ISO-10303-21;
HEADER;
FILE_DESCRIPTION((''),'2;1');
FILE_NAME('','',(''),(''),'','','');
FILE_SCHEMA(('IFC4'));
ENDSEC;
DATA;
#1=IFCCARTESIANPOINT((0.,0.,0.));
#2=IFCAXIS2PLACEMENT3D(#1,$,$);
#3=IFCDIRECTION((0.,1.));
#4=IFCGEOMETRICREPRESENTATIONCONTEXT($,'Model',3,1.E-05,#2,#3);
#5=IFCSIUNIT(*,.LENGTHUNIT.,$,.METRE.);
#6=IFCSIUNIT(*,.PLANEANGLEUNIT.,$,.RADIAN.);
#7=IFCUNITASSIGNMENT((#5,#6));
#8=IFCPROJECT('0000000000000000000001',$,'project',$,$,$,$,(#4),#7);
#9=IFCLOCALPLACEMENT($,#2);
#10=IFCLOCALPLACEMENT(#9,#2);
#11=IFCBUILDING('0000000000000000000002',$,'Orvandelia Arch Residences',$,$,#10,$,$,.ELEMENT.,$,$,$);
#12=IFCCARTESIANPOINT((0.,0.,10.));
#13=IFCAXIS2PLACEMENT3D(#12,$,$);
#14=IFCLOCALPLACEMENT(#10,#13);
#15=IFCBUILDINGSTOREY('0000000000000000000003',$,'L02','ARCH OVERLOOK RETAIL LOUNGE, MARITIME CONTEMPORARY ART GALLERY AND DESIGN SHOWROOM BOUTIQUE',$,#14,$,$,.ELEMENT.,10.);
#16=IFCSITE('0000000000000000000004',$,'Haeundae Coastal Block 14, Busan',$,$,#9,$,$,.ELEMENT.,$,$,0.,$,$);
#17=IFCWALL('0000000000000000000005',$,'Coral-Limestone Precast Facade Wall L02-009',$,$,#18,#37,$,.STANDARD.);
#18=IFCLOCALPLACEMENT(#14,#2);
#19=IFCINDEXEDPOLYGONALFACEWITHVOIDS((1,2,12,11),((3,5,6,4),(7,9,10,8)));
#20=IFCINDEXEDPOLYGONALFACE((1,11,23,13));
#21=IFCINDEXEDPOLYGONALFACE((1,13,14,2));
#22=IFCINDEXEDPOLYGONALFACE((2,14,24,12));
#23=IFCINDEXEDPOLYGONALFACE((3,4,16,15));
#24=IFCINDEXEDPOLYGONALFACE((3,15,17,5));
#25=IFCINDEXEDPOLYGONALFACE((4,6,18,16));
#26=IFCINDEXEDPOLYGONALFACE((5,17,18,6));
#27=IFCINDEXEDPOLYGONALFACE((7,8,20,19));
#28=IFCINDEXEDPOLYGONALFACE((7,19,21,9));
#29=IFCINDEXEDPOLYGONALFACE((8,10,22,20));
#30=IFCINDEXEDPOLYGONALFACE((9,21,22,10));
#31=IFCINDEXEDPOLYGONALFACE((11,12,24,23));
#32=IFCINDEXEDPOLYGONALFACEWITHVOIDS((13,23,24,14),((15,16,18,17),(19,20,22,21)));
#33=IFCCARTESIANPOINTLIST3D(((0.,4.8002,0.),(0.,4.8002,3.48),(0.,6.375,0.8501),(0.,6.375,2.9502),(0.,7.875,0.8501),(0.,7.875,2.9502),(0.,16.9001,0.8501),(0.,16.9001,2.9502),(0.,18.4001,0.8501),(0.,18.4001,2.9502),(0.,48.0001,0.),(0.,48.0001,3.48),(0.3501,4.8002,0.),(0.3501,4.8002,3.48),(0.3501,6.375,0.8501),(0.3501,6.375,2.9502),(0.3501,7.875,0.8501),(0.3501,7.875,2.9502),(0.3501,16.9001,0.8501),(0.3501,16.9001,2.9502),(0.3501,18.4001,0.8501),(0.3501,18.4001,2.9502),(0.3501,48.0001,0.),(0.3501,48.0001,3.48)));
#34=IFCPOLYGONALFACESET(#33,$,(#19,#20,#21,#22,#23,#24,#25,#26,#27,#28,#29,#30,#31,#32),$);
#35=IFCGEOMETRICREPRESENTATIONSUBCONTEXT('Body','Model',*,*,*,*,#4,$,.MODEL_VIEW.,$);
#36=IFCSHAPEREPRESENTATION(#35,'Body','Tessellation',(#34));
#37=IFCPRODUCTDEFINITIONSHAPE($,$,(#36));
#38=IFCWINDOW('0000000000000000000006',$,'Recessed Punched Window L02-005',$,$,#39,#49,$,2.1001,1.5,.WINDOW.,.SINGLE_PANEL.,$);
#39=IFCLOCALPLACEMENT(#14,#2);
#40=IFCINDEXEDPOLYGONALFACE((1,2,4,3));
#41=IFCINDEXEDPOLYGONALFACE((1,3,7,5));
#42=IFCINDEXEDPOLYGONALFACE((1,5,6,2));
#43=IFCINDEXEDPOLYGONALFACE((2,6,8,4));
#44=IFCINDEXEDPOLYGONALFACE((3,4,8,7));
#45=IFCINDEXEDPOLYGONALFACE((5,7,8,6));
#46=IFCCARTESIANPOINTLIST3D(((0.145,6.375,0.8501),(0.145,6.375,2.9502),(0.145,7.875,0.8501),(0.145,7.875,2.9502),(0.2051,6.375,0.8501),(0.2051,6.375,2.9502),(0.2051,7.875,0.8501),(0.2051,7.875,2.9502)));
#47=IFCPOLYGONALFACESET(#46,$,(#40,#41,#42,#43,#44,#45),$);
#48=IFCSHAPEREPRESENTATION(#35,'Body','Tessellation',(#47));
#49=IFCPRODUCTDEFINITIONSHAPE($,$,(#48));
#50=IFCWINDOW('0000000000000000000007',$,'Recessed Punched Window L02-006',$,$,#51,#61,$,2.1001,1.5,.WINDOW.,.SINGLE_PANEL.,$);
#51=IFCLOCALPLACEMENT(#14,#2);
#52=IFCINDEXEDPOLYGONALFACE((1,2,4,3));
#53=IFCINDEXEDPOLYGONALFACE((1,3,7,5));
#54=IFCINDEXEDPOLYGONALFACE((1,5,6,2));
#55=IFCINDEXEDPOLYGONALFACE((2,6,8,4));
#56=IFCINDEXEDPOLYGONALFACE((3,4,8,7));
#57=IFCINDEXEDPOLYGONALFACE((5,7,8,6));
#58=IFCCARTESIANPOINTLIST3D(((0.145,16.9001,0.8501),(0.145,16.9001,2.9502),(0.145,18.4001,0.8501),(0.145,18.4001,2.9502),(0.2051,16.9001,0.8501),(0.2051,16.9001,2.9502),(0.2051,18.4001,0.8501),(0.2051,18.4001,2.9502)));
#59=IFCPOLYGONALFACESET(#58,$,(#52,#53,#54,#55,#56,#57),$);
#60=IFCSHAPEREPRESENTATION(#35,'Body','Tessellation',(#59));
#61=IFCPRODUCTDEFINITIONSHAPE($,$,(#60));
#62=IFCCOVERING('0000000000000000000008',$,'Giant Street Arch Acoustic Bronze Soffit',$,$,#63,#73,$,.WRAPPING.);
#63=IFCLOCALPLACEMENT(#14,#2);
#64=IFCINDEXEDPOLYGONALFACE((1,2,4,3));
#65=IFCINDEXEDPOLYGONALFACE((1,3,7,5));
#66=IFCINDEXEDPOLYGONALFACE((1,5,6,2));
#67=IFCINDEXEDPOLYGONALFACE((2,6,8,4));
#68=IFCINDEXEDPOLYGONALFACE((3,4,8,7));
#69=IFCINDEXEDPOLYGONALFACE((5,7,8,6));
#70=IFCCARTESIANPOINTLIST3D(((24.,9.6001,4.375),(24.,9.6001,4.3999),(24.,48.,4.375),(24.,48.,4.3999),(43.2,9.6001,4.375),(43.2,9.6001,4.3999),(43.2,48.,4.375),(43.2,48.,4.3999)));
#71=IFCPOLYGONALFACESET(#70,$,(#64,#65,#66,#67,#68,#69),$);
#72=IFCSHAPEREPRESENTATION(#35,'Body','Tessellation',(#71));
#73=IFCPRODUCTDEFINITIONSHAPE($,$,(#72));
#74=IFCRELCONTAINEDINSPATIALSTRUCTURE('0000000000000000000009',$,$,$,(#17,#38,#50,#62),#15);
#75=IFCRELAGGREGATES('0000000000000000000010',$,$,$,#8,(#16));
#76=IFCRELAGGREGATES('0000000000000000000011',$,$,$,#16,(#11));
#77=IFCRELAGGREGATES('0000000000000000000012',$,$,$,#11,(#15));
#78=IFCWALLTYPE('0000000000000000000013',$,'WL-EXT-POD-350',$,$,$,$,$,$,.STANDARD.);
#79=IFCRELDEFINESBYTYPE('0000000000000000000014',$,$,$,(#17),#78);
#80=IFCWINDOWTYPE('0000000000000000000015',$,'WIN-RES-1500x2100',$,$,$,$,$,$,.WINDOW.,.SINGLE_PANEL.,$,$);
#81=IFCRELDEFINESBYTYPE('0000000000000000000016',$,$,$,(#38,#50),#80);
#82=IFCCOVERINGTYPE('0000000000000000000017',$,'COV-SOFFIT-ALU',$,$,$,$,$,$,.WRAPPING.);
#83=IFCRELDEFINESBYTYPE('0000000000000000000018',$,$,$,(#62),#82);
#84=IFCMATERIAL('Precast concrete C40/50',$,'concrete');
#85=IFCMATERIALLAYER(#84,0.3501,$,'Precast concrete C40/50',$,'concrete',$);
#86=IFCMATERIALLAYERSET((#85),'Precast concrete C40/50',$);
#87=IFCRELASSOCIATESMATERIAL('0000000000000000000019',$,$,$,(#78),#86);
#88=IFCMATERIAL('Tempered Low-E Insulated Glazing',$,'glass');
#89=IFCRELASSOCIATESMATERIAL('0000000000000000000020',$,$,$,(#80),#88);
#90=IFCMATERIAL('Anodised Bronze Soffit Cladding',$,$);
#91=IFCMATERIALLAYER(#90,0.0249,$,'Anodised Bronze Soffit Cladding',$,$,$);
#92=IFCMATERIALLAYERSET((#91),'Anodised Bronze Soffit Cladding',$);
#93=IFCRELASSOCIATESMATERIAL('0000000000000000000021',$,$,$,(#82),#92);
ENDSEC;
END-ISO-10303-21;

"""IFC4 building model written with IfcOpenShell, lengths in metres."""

from ifc_helpers import new_model, si_unit, direction, frame, frame_2d, origin, place, context, subcontext, project, spatial, polyline, rectangle, outline, extrude, material, layer, layer_set, type_object, element, fill, save


model = new_model("IFC4")

# Units and contexts
model_context = context("Model", 3, precision=1e-05, world=origin(), true_north=direction((0.0, 1.0)))
body_context = subcontext(model_context, "Body", "Model", "MODEL_VIEW")
ifc_project = project(units=[si_unit("LENGTHUNIT", "METRE"), si_unit("PLANEANGLEUNIT", "RADIAN")], contexts=[model_context])

# Site, building, storey
site_placement = place(None, origin())
site = spatial("IfcSite", under=ifc_project, at=site_placement, Name="Haeundae Coastal Block 14, Busan", CompositionType="ELEMENT", RefElevation=0.0)
building_placement = place(site_placement, origin())
building = spatial("IfcBuilding", under=site, at=building_placement, Name="Orvandelia Arch Residences", CompositionType="ELEMENT")
storey_placement = place(building_placement, frame((0.0, 0.0, 10.0)))
storey = spatial("IfcBuildingStorey", under=building, at=storey_placement, Name="L02", Description="ARCH OVERLOOK RETAIL LOUNGE, MARITIME CONTEMPORARY ART GALLERY AND DESIGN SHOWROOM BOUTIQUE", CompositionType="ELEMENT", Elevation=10.0)

# Shared definitions
ifc_material_1 = material(Name="Precast concrete C40/50", Category="concrete")
ifc_layer_1 = layer(ifc_material_1, 0.3501, Name="Precast concrete C40/50", Category="concrete")
ifc_layer_set_1 = layer_set([ifc_layer_1], Name="Precast concrete C40/50")
wall_type = type_object("IfcWallType", Name="WL-EXT-POD-350", PredefinedType="STANDARD", material=ifc_layer_set_1)

# Wall, openings, windows
wall_1_placement = place(storey_placement, frame((0.175, 4.8, 0.0), z_axis=(0.0, 0.0, 1.0), x_axis=(0.0, 1.0, 0.0)))
wall_1 = element("IfcWall", 1, at=wall_1_placement, inside=storey, type_object=wall_type, Name="Coral-Limestone Precast Facade Wall L02-009", PredefinedType="STANDARD", context=body_context, shape_type="SweptSolid", body=[
    extrude(rectangle(XDim=43.2, YDim=0.3501, at=frame_2d((21.6001, 0.0))), origin(), (0.0, 0.0, 1.0), 3.48),
])
opening_1_placement = place(wall_1_placement, frame((1.575, 0.0, 0.8501)))
opening_1 = element("IfcOpeningElement", 2, at=opening_1_placement, cuts=wall_1, PredefinedType="OPENING", context=body_context, shape_type="SweptSolid", body=[
    extrude(rectangle(XDim=1.5, YDim=2.1001, at=frame_2d((0.75, 1.05))), frame((0.0, 0.1851, 0.0), z_axis=(0.0, -1.0, 0.0), x_axis=(1.0, 0.0, 0.0)), (0.0, 0.0, 1.0), 0.3701),
])
opening_2_placement = place(wall_1_placement, frame((12.1001, 0.0, 0.8501)))
opening_2 = element("IfcOpeningElement", 3, at=opening_2_placement, cuts=wall_1, PredefinedType="OPENING", context=body_context, shape_type="SweptSolid", body=[
    extrude(rectangle(XDim=1.5, YDim=2.1001, at=frame_2d((0.75, 1.05))), frame((0.0, 0.1851, 0.0), z_axis=(0.0, -1.0, 0.0), x_axis=(1.0, 0.0, 0.0)), (0.0, 0.0, 1.0), 0.3701),
])
ifc_material_2 = material(Name="Tempered Low-E Insulated Glazing", Category="glass")
window_type_1 = type_object("IfcWindowType", Name="WIN-RES-1500x2100", PartitioningType="SINGLE_PANEL", PredefinedType="WINDOW", material=ifc_material_2)
window_1_placement = place(opening_1_placement, origin())
window_1 = element("IfcWindow", 4, at=window_1_placement, inside=storey, type_object=window_type_1, Name="Recessed Punched Window L02-005", OverallHeight=2.1001, OverallWidth=1.5, PartitioningType="SINGLE_PANEL", PredefinedType="WINDOW", context=body_context, shape_type="SweptSolid", body=[
    extrude(rectangle(XDim=1.5, YDim=2.1001, at=frame_2d((0.75, 1.05))), frame((0.0, 0.03, 0.0), z_axis=(0.0, -1.0, 0.0), x_axis=(1.0, 0.0, 0.0)), (0.0, 0.0, 1.0), 0.0601),
])
fill(opening_1, window_1)
window_2_placement = place(opening_2_placement, origin())
window_2 = element("IfcWindow", 5, at=window_2_placement, inside=storey, type_object=window_type_1, Name="Recessed Punched Window L02-006", OverallHeight=2.1001, OverallWidth=1.5, PartitioningType="SINGLE_PANEL", PredefinedType="WINDOW", context=body_context, shape_type="SweptSolid", body=[
    extrude(rectangle(XDim=1.5, YDim=2.1001, at=frame_2d((0.75, 1.05))), frame((0.0, 0.03, 0.0), z_axis=(0.0, -1.0, 0.0), x_axis=(1.0, 0.0, 0.0)), (0.0, 0.0, 1.0), 0.0601),
])
fill(opening_2, window_2)

# Covering
ifc_material_3 = material(Name="Anodised Bronze Soffit Cladding")
ifc_layer_2 = layer(ifc_material_3, 0.0249, Name="Anodised Bronze Soffit Cladding")
ifc_layer_set_2 = layer_set([ifc_layer_2], Name="Anodised Bronze Soffit Cladding")
covering_type = type_object("IfcCoveringType", Name="COV-SOFFIT-ALU", PredefinedType="WRAPPING", material=ifc_layer_set_2)
covering_placement = place(storey_placement, frame((0.0, 0.0, 4.375)))
element("IfcCovering", 6, at=covering_placement, inside=storey, type_object=covering_type, Name="Giant Street Arch Acoustic Bronze Soffit", PredefinedType="WRAPPING", context=body_context, shape_type="SweptSolid", body=[
    extrude(outline(polyline([(24.0, 9.6001), (43.2, 9.6001), (43.2, 48.0), (24.0, 48.0), (24.0, 9.6001)])), origin(), (0.0, 0.0, 1.0), 0.0249),
])

save(model, "model.ifc")
